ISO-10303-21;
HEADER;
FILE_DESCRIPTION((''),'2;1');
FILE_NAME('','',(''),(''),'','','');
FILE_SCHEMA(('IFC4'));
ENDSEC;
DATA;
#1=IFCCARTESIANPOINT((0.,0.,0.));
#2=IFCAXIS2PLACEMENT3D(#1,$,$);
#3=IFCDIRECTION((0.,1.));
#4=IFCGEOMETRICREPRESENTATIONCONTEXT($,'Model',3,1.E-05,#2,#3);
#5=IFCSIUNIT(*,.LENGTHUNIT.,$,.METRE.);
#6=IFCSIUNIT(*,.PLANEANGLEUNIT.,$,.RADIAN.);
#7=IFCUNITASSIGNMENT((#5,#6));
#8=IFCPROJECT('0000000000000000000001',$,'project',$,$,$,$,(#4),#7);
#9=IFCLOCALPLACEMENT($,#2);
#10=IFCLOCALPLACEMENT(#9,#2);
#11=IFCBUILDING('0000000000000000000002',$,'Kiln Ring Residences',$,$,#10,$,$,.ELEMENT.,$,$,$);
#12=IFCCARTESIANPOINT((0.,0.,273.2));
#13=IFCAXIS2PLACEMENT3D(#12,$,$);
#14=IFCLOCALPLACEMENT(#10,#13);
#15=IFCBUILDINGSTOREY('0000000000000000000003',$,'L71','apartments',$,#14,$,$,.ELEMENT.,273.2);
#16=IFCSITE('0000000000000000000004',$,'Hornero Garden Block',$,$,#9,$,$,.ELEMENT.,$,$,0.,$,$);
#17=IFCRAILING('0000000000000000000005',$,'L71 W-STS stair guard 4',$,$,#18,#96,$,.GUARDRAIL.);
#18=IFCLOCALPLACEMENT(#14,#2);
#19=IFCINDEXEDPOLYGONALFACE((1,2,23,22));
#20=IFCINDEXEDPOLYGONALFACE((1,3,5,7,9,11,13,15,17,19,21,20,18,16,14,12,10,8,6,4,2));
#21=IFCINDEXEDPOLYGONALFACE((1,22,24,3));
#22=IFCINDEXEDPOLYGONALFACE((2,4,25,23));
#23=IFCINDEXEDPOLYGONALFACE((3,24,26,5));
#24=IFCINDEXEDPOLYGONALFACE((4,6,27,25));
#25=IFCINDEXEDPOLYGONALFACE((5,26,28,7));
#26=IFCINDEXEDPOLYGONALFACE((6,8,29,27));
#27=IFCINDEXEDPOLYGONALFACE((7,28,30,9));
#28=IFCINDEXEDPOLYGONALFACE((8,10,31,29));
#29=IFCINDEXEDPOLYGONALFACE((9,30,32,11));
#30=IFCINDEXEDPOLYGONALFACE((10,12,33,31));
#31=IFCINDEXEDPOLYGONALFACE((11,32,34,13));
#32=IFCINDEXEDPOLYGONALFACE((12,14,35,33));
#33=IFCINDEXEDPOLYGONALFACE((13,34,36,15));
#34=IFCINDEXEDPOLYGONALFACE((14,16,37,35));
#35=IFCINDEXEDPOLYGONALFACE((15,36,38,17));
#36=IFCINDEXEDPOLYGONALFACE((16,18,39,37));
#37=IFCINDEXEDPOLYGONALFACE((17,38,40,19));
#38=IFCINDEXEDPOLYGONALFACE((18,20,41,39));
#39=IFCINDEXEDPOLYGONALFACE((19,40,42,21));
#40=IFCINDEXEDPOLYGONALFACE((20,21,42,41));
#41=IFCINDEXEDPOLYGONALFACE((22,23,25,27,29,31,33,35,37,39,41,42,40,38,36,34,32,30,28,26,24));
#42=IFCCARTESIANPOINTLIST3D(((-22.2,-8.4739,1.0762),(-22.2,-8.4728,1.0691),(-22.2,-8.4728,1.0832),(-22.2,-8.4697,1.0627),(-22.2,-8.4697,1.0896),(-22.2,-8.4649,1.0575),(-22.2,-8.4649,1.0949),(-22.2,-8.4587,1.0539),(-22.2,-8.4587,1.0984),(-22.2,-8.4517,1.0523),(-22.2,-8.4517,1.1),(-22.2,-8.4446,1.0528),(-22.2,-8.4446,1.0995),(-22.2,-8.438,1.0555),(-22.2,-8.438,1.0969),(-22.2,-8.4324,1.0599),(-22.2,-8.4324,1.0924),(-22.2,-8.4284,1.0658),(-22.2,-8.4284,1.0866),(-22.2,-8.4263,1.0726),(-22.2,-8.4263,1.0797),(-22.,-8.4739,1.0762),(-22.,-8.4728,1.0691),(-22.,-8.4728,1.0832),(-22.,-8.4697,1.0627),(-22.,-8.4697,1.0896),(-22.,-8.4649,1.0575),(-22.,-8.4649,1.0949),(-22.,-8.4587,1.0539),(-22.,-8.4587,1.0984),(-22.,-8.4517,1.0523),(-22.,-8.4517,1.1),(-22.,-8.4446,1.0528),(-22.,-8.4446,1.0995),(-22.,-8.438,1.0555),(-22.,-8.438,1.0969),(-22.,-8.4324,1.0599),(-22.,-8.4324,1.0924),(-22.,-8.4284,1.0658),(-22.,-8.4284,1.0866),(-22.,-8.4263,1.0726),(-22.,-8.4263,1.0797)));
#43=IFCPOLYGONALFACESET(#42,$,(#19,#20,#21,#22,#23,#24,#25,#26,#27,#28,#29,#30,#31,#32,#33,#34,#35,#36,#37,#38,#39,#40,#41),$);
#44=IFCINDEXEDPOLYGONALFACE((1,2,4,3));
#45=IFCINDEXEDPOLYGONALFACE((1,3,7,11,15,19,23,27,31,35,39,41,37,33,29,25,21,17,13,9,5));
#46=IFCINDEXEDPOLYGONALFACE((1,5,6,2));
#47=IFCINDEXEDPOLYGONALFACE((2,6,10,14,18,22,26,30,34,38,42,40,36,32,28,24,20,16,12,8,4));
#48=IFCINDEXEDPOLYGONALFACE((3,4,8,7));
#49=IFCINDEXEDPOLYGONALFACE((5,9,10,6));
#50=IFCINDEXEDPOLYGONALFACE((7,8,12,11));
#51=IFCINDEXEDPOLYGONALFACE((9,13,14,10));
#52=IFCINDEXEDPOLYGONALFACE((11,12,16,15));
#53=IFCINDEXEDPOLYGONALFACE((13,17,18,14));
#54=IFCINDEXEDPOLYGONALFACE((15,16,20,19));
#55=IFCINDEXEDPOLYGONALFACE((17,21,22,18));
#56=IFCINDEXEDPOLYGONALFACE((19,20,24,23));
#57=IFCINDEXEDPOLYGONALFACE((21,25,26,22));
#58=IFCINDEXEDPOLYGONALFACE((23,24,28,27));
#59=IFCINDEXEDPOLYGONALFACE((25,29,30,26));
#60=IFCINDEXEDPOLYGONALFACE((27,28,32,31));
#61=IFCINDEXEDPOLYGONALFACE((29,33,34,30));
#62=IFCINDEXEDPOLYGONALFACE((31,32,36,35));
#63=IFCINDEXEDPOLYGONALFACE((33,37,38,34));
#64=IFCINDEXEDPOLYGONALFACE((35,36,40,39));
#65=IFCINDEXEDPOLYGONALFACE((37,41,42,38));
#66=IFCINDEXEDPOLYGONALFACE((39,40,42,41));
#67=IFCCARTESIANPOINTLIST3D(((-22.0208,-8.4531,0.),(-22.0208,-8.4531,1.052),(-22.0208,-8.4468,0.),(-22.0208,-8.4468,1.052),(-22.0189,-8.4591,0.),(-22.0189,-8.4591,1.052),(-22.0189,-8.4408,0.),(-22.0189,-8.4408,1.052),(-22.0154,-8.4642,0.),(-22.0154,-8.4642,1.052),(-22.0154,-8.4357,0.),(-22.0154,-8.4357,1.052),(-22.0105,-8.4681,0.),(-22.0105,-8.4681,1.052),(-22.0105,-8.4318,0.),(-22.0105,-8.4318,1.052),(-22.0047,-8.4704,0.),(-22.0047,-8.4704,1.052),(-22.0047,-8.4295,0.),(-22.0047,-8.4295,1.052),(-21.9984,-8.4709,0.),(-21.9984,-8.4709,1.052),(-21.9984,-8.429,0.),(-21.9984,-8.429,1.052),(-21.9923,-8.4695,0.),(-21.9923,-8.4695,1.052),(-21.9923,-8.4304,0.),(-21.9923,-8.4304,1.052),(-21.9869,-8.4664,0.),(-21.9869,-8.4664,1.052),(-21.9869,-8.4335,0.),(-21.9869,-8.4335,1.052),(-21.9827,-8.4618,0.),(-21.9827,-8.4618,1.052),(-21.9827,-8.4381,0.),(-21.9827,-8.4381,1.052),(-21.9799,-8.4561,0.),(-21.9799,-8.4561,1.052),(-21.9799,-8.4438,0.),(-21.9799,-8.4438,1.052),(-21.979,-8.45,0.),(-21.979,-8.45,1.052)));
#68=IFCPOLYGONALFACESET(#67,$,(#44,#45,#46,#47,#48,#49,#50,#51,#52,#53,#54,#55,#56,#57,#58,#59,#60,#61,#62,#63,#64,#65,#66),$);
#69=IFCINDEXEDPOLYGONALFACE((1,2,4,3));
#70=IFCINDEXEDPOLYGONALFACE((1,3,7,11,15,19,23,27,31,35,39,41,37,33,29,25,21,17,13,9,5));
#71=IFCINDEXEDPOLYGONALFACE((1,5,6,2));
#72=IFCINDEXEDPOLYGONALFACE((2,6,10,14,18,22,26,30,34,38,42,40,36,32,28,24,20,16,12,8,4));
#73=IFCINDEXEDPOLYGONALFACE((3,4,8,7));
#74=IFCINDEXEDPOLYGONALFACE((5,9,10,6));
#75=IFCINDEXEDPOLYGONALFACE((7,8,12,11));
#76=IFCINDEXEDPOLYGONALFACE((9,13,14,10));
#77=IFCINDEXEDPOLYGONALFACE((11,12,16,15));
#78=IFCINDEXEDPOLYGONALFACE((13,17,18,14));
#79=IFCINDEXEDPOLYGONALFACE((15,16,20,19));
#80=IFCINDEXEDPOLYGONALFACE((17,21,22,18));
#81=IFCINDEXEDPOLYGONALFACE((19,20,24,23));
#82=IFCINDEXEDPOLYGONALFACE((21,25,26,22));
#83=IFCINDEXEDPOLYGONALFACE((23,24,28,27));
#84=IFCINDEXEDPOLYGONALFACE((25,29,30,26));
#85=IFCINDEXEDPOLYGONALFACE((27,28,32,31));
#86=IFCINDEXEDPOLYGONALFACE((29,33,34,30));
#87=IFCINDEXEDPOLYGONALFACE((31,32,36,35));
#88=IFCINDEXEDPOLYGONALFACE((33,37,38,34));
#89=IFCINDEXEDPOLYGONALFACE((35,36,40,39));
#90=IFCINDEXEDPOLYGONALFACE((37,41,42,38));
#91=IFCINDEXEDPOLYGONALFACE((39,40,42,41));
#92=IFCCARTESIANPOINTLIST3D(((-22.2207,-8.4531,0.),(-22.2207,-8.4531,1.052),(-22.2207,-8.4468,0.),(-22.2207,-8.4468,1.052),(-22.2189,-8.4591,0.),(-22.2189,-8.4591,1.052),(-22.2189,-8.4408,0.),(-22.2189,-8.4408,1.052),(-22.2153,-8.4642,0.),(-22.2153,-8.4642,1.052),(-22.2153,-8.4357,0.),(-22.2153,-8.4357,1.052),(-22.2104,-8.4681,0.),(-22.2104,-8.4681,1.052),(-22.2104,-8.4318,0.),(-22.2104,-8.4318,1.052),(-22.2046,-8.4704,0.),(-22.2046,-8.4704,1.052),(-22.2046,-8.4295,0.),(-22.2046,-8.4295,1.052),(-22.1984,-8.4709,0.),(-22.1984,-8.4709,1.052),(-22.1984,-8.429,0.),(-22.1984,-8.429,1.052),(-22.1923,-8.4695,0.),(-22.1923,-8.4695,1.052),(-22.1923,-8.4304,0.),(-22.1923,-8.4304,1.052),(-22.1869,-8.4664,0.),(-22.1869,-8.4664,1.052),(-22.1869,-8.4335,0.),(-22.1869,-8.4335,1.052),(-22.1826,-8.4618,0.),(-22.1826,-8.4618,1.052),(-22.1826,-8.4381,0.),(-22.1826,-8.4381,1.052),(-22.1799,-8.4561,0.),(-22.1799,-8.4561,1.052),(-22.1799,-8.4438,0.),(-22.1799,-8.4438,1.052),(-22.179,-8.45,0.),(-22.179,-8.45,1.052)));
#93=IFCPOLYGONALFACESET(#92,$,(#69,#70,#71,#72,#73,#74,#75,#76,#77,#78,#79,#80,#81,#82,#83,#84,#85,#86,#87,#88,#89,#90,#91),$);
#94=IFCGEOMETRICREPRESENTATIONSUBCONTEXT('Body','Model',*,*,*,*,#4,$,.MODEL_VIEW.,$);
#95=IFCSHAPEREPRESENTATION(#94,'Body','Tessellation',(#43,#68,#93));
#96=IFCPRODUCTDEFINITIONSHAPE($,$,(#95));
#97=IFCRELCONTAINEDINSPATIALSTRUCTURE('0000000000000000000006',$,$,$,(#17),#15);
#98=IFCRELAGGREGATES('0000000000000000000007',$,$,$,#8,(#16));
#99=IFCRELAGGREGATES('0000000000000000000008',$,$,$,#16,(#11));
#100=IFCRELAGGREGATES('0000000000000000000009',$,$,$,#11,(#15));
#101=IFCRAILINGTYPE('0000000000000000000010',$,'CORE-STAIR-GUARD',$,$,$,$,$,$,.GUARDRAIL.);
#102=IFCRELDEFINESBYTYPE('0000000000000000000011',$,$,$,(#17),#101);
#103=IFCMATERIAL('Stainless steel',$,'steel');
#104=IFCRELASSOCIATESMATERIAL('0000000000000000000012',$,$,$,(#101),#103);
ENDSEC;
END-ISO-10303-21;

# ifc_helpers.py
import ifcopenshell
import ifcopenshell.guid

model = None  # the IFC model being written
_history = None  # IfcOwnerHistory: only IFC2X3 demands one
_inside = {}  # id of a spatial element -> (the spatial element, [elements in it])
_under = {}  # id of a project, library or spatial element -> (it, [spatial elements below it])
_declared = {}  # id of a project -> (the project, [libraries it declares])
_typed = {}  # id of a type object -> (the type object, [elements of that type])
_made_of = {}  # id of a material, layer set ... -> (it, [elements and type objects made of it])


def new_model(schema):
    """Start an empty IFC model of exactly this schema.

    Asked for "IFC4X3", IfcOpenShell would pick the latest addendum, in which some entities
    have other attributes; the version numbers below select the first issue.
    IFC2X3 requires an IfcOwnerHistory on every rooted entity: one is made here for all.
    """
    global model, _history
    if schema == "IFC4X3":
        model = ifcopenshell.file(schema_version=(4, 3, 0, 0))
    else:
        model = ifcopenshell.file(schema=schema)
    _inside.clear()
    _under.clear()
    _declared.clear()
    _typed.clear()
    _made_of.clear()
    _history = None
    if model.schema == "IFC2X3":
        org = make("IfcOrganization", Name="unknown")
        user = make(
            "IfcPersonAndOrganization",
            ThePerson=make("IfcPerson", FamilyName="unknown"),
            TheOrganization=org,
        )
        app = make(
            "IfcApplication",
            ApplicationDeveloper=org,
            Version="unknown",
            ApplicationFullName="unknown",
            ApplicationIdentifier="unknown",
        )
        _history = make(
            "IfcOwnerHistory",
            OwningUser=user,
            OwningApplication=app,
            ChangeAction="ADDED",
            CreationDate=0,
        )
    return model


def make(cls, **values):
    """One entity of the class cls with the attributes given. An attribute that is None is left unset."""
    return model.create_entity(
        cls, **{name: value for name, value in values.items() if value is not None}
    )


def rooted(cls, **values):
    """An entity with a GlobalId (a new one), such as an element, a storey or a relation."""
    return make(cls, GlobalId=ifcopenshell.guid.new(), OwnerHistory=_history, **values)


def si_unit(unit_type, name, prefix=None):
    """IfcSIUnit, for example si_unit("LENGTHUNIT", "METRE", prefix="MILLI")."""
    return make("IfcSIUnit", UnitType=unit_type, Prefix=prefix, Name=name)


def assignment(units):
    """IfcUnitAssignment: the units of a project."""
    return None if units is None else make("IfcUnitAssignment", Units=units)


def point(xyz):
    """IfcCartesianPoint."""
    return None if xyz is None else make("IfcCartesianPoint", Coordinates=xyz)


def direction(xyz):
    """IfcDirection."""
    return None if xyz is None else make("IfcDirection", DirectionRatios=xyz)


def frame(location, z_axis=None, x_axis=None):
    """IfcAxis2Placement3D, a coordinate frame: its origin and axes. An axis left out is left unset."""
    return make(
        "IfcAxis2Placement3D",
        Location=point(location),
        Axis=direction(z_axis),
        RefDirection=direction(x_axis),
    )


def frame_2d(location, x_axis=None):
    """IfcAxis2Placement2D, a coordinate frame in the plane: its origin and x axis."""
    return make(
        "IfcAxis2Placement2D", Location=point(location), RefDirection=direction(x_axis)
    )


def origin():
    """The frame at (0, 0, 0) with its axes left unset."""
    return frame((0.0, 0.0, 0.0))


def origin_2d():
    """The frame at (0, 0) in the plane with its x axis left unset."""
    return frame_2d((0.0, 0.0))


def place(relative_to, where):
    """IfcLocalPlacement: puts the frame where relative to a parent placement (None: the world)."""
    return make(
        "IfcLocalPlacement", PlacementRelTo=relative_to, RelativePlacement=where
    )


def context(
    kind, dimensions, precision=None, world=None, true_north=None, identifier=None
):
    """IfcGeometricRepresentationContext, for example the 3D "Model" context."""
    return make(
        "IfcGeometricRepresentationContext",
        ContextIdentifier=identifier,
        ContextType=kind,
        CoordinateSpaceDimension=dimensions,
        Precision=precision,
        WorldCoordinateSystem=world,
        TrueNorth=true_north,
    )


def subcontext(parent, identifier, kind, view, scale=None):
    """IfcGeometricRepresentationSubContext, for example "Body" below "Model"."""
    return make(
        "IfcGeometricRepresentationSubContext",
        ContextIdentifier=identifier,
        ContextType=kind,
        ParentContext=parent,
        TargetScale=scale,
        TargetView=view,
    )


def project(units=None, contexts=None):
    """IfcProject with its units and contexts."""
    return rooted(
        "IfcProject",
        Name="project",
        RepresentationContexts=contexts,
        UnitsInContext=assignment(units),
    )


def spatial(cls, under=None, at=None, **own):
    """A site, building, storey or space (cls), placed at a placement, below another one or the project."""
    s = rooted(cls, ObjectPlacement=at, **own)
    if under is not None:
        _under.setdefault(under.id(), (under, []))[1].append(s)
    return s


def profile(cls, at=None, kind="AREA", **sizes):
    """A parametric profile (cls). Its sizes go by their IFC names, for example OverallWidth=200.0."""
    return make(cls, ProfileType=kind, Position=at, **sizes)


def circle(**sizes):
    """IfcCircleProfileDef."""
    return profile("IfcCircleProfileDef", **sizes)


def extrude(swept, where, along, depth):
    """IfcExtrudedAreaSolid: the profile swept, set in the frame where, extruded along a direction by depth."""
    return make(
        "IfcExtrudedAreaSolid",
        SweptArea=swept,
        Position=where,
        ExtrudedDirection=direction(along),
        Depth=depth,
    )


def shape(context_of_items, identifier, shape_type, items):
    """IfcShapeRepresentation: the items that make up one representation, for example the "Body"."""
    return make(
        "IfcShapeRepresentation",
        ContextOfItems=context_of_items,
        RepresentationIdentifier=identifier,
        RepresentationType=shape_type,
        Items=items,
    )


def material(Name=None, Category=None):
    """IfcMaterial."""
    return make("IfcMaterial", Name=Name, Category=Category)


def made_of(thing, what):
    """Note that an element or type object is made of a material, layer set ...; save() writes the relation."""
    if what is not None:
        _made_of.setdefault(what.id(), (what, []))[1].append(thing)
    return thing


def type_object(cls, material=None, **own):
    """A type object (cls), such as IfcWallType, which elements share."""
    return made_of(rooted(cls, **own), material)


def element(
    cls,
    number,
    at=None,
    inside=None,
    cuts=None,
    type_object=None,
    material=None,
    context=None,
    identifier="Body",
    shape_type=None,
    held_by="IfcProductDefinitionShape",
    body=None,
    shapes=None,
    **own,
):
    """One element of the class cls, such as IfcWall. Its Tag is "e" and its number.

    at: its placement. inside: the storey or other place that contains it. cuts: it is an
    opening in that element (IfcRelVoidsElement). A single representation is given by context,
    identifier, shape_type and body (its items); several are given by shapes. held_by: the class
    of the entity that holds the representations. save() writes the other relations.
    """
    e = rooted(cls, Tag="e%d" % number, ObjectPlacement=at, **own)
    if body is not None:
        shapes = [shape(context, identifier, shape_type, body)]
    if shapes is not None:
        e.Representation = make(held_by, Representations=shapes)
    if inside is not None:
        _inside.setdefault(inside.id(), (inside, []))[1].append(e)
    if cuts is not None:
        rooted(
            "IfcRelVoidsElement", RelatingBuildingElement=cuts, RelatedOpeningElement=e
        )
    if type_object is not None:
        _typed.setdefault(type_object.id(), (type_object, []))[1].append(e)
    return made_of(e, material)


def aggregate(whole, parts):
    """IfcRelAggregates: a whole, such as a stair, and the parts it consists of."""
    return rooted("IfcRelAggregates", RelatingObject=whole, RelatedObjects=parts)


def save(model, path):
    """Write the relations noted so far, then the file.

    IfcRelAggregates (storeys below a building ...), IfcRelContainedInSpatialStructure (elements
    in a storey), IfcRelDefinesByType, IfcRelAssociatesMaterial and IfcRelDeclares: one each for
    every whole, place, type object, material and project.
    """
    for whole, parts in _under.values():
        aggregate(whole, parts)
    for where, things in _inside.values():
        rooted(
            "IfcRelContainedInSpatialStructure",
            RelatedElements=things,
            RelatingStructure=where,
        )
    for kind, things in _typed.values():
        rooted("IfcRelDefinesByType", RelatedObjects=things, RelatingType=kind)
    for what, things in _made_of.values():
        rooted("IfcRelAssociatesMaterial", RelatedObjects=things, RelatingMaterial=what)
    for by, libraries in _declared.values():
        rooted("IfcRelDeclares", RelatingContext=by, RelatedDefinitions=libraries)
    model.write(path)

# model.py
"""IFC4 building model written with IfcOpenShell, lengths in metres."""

from ifc_helpers import new_model, si_unit, direction, frame, origin, origin_2d, place, context, subcontext, project, spatial, circle, extrude, material, type_object, element, save


model = new_model("IFC4")

# Units and contexts
model_context = context("Model", 3, precision=1e-05, world=origin(), true_north=direction((0.0, 1.0)))
body_context = subcontext(model_context, "Body", "Model", "MODEL_VIEW")
ifc_project = project(units=[si_unit("LENGTHUNIT", "METRE"), si_unit("PLANEANGLEUNIT", "RADIAN")], contexts=[model_context])

# Site, building, storey
site_placement = place(None, origin())
site = spatial("IfcSite", under=ifc_project, at=site_placement, Name="Hornero Garden Block", CompositionType="ELEMENT", RefElevation=0.0)
building_placement = place(site_placement, origin())
building = spatial("IfcBuilding", under=site, at=building_placement, Name="Kiln Ring Residences", CompositionType="ELEMENT")
storey_placement = place(building_placement, frame((0.0, 0.0, 273.2)))
storey = spatial("IfcBuildingStorey", under=building, at=storey_placement, Name="L71", Description="apartments", CompositionType="ELEMENT", Elevation=273.2)

# Railing
ifc_material_1 = material(Name="Stainless steel", Category="steel")
railing_type_1 = type_object("IfcRailingType", Name="CORE-STAIR-GUARD", PredefinedType="GUARDRAIL", material=ifc_material_1)
railing_1_placement = place(storey_placement, frame((-22.0, -8.45, 0.0)))
element("IfcRailing", 1, at=railing_1_placement, inside=storey, type_object=railing_type_1, Name="L71 W-STS stair guard 4", PredefinedType="GUARDRAIL", context=body_context, shape_type="SweptSolid", body=[
    extrude(circle(Radius=0.0239, at=origin_2d()), frame((0.0, 0.0, 1.0762), z_axis=(-1.0, 0.0, 0.0), x_axis=(0.0, -1.0, 0.0)), (0.0, 0.0, 1.0), 0.2),
    extrude(circle(Radius=0.021, at=origin_2d()), origin(), (0.0, 0.0, 1.0), 1.052),
    extrude(circle(Radius=0.021, at=origin_2d()), frame((-0.2, 0.0, 0.0)), (0.0, 0.0, 1.0), 1.052),
])

save(model, "model.ifc")
